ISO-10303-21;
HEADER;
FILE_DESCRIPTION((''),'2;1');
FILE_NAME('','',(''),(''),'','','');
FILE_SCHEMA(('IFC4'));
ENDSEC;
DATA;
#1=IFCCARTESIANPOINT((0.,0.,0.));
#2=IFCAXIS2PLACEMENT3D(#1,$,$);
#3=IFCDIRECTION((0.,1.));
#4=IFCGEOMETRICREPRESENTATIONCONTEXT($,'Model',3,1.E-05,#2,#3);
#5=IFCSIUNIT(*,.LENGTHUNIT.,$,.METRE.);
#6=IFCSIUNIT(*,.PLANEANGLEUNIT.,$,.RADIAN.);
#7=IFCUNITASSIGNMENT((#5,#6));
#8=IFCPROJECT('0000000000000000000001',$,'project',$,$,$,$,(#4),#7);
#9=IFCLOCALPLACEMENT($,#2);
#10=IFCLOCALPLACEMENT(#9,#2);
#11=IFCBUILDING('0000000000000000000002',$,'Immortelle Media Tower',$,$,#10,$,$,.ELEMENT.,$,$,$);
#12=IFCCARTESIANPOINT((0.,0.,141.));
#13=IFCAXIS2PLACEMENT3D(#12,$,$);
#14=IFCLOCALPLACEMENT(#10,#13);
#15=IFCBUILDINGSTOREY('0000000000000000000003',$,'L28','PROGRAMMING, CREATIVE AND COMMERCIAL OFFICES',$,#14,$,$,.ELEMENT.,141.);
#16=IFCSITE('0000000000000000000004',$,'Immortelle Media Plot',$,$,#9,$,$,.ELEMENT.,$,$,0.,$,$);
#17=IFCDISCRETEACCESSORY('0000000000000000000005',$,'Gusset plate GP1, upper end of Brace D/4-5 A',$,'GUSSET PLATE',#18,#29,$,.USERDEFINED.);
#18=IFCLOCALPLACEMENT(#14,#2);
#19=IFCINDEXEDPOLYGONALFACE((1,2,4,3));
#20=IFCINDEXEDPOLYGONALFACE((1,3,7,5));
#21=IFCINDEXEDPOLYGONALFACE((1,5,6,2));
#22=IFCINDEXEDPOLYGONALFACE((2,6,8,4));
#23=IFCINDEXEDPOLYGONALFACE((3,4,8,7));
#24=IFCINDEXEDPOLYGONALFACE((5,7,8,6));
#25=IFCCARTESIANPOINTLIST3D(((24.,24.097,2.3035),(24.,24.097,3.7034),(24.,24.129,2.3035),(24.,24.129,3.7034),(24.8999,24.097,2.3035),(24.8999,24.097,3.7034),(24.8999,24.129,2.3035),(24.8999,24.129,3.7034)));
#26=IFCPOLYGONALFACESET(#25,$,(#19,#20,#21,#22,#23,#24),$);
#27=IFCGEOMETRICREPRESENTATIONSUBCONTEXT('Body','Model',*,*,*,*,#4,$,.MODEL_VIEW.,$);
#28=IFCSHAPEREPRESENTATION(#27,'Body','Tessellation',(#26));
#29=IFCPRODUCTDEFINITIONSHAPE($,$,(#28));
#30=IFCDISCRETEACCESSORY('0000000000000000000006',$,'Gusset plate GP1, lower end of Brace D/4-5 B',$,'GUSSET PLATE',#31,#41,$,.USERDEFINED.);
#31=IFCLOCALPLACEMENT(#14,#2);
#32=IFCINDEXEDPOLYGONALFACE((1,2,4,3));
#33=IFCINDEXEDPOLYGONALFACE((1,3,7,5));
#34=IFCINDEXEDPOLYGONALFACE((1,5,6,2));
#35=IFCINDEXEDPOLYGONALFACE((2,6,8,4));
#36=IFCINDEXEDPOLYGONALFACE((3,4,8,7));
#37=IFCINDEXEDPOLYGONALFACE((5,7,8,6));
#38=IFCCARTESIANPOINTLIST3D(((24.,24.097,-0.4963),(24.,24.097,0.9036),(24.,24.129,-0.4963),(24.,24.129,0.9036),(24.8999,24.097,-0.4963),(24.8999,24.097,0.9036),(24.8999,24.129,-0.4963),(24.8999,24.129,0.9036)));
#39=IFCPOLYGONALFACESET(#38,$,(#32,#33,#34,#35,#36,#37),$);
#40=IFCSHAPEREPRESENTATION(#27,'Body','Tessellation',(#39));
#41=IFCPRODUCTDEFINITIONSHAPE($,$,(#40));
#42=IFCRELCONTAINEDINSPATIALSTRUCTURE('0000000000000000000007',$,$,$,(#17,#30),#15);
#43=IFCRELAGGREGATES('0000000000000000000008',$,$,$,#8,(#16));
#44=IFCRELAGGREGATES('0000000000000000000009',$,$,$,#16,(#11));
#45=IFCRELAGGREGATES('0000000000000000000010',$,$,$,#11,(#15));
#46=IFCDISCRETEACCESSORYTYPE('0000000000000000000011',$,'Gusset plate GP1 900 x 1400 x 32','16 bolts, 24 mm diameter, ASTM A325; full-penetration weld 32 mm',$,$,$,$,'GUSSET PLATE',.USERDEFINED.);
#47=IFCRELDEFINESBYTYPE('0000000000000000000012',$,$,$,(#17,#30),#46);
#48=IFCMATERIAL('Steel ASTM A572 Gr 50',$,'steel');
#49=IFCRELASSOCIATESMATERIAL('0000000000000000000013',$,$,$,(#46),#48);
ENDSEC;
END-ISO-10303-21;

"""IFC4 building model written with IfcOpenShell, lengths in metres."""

from ifc_helpers import new_model, si_unit, direction, frame, origin, origin_2d, place, context, subcontext, project, spatial, rectangle, extrude, material, material_profile, profile_set, type_object, element, save


model = new_model("IFC4")

# Units and contexts
model_context = context("Model", 3, precision=1e-05, world=origin(), true_north=direction((0.0, 1.0)))
body_context = subcontext(model_context, "Body", "Model", "MODEL_VIEW")
ifc_project = project(units=[si_unit("LENGTHUNIT", "METRE"), si_unit("PLANEANGLEUNIT", "RADIAN")], contexts=[model_context])

# Site, building, storey
site_placement = place(None, origin())
site = spatial("IfcSite", under=ifc_project, at=site_placement, Name="Immortelle Media Plot", CompositionType="ELEMENT", RefElevation=0.0)
building_placement = place(site_placement, origin())
building = spatial("IfcBuilding", under=site, at=building_placement, Name="Immortelle Media Tower", CompositionType="ELEMENT")
storey_placement = place(building_placement, frame((0.0, 0.0, 141.0)))
storey = spatial("IfcBuildingStorey", under=building, at=storey_placement, Name="L28", Description="PROGRAMMING, CREATIVE AND COMMERCIAL OFFICES", CompositionType="ELEMENT", Elevation=141.0)

# Discrete accessories
ifc_material_1 = material(Name="Steel ASTM A572 Gr 50", Category="steel")
ifc_material_profile_1 = material_profile(ifc_material_1, rectangle(XDim=0.032, YDim=1.3999, at=origin_2d()), Name="PL 32 x 1400")
ifc_profile_set_1 = profile_set([ifc_material_profile_1], Name="Steel ASTM A572 Gr 50")
discrete_accessory_type = type_object("IfcDiscreteAccessoryType", Name="Gusset plate GP1 900 x 1400 x 32", Description="16 bolts, 24 mm diameter, ASTM A325; full-penetration weld 32 mm", ElementType="GUSSET PLATE", PredefinedType="USERDEFINED", material=ifc_profile_set_1)
for number, where, z_axis, x_axis, name in (
    (1, (24.0, 24.113, 3.0034), (1.0, 0.0, 0.0), (0.0, 1.0, 0.0), "Gusset plate GP1, upper end of Brace D/4-5 A"),
    (2, (24.0, 24.113, 0.2036), (1.0, 0.0, 0.0), (0.0, 1.0, 0.0), "Gusset plate GP1, lower end of Brace D/4-5 B"),
):
    element("IfcDiscreteAccessory", number, at=place(storey_placement, frame(where, z_axis=z_axis, x_axis=x_axis)), inside=storey, type_object=discrete_accessory_type, Name=name, ObjectType="GUSSET PLATE", PredefinedType="USERDEFINED", context=body_context, shape_type="SweptSolid", body=[
        extrude(rectangle(XDim=0.032, YDim=1.3999, at=origin_2d()), origin(), (0.0, 0.0, 1.0), 0.8999),
    ])

save(model, "model.ifc")
